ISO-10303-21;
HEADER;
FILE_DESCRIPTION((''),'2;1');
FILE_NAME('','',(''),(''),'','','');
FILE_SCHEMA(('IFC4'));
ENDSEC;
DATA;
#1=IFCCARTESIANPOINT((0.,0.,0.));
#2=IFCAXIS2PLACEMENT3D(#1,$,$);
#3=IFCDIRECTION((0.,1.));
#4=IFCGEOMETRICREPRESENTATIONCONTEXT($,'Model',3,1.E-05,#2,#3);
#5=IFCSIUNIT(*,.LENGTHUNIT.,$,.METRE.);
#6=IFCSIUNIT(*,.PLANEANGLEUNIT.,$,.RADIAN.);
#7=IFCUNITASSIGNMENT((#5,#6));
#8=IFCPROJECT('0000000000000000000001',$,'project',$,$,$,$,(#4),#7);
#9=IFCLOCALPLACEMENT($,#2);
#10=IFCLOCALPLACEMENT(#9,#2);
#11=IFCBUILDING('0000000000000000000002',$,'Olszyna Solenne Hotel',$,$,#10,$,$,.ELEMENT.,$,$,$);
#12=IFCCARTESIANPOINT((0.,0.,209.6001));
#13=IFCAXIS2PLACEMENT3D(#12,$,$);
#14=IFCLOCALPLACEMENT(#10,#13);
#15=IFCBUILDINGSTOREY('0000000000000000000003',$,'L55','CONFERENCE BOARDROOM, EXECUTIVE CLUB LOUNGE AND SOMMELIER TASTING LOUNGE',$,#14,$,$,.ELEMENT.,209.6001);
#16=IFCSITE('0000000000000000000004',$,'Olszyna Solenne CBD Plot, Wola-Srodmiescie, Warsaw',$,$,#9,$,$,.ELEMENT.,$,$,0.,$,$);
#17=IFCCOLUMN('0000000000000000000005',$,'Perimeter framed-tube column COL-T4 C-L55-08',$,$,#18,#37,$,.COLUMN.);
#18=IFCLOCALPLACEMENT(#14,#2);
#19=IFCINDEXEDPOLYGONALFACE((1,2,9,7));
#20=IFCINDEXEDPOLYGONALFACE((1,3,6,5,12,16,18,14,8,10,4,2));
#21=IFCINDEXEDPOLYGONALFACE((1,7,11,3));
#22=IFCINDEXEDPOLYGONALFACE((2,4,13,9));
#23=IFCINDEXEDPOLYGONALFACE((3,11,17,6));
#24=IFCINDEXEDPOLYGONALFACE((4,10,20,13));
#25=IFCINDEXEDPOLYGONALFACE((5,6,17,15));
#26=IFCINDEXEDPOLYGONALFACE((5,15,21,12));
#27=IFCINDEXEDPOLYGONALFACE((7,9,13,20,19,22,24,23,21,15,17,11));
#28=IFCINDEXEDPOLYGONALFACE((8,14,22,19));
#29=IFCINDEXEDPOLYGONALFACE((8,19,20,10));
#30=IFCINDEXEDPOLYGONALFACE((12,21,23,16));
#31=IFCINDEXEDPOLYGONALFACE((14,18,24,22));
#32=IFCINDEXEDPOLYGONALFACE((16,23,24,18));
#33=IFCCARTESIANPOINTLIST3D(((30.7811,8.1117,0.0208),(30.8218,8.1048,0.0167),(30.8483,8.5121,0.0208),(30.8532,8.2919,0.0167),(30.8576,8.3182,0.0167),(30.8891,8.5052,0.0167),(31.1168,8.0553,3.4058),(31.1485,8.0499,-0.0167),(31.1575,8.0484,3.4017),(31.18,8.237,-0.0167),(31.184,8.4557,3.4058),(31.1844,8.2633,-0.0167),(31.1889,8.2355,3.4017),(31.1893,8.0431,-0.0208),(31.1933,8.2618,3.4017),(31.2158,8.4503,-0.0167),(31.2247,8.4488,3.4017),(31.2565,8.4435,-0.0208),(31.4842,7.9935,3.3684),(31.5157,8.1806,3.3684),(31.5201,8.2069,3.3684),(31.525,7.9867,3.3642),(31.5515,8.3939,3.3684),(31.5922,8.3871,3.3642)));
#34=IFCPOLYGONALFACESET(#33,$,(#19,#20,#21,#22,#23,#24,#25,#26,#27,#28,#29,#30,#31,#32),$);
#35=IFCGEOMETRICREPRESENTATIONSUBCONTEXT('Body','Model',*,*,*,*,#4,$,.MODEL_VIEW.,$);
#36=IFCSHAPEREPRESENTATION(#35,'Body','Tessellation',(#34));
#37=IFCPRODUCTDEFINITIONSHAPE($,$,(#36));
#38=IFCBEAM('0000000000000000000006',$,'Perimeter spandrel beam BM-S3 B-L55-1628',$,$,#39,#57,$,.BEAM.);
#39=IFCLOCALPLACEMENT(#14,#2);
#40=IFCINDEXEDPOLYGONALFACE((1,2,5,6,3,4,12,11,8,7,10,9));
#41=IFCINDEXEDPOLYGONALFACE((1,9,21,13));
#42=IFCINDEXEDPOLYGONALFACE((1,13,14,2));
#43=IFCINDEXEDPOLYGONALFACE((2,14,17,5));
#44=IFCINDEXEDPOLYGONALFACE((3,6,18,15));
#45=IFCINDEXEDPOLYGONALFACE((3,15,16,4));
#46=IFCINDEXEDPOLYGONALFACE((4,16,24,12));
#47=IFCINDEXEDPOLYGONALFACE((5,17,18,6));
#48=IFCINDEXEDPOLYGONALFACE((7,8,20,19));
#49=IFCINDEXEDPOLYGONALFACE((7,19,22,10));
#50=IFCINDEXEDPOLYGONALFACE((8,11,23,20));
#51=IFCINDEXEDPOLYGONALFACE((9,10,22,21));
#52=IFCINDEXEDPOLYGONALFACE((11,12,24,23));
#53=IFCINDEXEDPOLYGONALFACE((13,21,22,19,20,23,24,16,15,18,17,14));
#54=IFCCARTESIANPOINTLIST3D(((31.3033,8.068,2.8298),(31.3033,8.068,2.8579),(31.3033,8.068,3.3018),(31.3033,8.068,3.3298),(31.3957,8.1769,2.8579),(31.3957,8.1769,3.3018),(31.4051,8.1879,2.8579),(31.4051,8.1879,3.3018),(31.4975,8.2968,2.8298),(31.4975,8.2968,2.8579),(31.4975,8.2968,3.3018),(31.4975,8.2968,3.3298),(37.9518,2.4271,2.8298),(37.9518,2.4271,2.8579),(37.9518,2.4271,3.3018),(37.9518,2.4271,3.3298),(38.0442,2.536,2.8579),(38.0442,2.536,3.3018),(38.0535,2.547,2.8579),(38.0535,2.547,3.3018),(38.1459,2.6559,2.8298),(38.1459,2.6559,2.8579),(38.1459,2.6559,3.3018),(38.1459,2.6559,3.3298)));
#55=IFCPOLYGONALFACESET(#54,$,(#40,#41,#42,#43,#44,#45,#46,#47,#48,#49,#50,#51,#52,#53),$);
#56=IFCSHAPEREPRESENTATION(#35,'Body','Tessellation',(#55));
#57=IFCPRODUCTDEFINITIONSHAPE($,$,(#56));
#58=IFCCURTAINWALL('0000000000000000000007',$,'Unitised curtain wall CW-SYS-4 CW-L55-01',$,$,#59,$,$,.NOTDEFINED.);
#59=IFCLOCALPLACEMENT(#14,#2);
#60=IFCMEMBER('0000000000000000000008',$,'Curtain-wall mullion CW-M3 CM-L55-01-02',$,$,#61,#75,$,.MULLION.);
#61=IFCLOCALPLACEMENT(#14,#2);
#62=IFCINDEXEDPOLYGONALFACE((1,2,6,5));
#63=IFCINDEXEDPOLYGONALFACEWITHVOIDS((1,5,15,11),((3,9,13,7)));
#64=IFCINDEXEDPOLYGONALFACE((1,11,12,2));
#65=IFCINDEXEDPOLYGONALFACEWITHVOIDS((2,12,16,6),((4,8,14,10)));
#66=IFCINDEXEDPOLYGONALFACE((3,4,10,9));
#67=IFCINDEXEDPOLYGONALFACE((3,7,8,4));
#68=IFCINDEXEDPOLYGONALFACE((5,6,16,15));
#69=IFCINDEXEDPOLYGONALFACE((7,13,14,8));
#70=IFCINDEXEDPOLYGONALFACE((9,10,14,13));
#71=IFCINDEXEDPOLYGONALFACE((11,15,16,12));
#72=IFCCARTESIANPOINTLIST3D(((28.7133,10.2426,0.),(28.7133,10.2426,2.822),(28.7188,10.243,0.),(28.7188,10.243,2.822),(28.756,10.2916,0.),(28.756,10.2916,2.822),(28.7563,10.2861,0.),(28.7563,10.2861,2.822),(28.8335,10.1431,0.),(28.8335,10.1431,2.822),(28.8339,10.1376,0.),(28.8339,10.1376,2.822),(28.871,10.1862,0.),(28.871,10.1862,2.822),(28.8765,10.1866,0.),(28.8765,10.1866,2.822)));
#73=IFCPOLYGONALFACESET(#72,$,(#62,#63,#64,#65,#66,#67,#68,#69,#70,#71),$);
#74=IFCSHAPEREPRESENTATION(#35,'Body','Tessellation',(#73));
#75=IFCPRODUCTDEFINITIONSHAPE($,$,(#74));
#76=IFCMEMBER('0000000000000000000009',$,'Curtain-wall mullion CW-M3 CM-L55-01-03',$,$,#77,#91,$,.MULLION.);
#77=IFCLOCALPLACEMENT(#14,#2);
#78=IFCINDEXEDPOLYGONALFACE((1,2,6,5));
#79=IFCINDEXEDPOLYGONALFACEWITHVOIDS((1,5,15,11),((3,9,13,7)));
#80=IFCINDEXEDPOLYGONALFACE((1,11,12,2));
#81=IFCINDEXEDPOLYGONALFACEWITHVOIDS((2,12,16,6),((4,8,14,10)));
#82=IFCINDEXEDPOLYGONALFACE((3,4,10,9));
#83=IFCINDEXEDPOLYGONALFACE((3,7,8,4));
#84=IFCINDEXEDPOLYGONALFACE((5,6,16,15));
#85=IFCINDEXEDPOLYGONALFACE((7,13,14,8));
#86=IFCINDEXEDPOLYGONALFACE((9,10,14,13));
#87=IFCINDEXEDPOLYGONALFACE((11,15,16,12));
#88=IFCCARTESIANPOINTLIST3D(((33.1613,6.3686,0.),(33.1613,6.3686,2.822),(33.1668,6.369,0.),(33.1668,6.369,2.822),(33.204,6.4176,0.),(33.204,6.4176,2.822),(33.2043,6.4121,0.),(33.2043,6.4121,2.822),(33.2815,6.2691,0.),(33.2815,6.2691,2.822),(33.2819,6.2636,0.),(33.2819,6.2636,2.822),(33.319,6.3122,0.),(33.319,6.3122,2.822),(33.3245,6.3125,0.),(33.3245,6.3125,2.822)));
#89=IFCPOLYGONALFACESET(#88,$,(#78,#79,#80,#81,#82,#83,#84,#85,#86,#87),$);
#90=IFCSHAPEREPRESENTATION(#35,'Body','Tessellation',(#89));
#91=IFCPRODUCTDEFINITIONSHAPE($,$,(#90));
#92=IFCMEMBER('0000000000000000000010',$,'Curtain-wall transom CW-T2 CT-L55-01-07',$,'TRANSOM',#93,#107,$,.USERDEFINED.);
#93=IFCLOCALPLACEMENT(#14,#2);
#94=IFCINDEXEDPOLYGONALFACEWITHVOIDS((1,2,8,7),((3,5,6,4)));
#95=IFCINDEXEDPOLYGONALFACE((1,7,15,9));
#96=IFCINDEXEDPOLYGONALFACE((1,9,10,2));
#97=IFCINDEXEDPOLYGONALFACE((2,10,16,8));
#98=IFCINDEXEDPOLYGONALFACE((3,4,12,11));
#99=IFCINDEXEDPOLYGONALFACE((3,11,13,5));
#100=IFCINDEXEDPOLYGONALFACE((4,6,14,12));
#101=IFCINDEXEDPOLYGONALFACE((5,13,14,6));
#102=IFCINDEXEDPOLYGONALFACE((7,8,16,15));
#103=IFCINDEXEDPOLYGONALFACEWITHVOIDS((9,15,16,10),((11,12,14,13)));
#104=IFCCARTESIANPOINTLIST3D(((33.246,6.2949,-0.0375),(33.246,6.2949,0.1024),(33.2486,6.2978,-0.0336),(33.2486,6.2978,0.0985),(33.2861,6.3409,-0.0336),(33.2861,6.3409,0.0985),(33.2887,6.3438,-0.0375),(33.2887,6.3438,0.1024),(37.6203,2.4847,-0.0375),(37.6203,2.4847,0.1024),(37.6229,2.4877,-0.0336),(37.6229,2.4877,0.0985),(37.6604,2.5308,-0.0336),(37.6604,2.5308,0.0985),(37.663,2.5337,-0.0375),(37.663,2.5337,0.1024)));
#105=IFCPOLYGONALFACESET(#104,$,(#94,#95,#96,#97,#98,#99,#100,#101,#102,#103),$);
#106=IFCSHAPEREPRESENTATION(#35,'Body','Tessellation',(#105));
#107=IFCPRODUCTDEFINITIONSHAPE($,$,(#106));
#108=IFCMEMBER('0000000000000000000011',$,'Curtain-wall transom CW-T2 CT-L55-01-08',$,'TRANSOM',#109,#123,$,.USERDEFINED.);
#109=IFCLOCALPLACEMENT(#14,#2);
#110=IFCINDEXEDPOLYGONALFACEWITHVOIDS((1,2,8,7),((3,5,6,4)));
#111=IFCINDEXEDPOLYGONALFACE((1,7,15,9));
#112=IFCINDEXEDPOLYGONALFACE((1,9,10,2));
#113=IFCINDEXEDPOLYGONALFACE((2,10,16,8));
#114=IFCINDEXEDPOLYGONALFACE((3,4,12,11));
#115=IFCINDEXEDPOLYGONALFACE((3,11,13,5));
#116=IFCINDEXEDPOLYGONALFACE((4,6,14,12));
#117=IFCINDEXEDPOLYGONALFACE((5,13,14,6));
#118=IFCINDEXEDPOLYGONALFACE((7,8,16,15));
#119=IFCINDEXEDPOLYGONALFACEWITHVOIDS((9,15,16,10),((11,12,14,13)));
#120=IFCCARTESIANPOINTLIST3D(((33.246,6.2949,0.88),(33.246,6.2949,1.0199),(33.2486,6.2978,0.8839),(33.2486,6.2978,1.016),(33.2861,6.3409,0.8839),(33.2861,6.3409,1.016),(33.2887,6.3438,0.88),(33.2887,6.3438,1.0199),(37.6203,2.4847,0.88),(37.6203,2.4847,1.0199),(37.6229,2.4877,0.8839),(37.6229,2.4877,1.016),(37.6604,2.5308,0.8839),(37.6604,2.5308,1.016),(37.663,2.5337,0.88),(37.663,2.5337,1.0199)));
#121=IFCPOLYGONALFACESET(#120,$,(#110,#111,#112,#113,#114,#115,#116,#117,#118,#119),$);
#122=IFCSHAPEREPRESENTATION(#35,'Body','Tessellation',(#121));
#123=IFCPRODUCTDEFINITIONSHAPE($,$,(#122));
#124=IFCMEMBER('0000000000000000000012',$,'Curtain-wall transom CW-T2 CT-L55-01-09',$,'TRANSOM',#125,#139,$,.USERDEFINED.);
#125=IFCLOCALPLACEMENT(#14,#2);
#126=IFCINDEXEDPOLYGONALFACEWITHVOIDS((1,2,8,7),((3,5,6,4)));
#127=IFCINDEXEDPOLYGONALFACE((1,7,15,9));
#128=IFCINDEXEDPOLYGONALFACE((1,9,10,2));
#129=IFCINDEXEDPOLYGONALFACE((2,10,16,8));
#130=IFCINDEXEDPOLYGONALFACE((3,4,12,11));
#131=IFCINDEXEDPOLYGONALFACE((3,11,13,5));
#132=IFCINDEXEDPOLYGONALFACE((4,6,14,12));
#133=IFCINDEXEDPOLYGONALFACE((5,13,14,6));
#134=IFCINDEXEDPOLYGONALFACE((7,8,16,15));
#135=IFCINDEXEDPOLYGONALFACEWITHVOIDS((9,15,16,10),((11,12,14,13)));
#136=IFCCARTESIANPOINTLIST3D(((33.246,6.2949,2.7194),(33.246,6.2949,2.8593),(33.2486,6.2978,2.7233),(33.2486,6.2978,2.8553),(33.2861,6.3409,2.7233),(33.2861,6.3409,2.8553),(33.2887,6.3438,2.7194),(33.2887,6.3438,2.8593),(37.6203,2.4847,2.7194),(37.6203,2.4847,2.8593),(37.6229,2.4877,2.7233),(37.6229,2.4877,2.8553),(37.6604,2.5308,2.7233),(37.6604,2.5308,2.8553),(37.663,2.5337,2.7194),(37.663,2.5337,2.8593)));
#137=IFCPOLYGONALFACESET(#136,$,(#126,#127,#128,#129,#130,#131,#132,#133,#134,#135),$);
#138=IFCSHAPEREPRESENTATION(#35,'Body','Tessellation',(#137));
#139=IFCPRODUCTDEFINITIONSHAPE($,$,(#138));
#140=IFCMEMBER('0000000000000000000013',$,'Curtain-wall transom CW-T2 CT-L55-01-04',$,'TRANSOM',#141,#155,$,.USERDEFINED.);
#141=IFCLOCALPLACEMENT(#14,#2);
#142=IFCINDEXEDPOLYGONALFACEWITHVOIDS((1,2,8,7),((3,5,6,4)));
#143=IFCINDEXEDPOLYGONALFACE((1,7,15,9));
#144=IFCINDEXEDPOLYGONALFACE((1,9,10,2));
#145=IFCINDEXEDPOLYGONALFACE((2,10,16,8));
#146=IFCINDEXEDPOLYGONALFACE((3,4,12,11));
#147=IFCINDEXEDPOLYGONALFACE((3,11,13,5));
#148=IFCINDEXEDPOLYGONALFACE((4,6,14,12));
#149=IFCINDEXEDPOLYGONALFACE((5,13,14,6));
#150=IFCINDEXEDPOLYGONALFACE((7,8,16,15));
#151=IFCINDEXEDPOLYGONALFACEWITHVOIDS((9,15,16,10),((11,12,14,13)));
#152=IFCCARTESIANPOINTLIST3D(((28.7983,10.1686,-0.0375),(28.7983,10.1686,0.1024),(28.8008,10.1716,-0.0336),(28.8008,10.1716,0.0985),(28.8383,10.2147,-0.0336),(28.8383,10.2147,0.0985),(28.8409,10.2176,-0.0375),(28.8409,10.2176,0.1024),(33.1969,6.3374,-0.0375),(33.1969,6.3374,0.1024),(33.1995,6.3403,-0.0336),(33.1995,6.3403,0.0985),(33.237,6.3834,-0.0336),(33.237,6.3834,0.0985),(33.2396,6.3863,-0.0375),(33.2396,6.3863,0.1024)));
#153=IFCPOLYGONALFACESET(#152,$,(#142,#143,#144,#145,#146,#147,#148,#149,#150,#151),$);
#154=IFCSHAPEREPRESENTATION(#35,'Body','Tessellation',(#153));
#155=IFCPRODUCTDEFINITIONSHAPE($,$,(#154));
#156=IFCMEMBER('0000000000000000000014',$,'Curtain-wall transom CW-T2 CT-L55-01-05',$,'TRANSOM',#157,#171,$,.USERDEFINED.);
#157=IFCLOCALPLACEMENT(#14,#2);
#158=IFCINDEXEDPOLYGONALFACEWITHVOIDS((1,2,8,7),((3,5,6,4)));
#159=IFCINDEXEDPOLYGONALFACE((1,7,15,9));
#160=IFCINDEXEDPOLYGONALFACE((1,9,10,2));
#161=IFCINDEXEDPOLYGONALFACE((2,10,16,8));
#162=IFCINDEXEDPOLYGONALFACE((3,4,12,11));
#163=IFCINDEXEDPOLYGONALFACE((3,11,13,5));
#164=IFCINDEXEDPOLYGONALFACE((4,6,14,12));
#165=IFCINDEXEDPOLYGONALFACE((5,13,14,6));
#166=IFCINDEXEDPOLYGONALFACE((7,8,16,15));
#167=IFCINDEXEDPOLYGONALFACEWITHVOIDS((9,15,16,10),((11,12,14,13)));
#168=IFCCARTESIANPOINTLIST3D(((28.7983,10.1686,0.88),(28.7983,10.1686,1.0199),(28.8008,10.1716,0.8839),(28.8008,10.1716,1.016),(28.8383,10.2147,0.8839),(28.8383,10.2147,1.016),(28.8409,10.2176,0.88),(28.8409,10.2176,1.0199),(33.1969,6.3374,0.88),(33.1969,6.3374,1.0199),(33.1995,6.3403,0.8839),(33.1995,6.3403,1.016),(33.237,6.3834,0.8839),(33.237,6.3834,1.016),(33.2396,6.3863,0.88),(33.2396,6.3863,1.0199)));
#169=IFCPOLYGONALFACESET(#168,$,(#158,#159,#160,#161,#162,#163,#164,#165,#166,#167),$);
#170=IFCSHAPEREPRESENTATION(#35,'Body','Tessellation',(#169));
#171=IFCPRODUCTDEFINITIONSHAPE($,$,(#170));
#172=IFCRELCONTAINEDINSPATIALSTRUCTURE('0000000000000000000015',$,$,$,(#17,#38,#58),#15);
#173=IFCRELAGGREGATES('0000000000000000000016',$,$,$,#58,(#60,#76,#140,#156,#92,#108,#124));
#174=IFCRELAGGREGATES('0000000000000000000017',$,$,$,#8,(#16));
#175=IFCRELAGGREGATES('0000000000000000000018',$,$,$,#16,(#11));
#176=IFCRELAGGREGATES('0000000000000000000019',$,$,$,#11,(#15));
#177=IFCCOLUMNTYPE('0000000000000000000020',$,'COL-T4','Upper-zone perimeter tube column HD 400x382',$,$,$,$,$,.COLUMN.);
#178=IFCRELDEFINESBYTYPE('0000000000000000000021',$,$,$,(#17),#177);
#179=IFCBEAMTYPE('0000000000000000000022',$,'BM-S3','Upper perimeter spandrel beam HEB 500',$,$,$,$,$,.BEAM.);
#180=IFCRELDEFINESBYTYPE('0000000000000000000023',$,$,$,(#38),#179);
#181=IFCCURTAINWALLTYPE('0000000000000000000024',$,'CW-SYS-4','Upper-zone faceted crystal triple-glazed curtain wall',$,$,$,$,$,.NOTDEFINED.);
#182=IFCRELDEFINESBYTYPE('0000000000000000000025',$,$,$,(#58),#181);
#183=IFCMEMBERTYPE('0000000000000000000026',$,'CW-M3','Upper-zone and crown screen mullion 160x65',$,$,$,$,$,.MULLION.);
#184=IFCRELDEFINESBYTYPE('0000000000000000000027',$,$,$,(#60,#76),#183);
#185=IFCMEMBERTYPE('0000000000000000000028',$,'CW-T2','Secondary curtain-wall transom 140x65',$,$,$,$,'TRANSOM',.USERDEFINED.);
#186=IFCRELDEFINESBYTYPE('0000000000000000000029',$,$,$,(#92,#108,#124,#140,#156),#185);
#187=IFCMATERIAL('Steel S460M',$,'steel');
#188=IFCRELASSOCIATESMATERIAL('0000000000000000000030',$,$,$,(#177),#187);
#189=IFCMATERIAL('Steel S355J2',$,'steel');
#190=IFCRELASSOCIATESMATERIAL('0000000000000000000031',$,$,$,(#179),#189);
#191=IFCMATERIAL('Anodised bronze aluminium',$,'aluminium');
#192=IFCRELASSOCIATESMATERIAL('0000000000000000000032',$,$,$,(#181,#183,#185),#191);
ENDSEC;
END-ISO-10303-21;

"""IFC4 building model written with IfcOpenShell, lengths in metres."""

from ifc_helpers import new_model, si_unit, direction, frame, origin, origin_2d, place, context, subcontext, project, spatial, hollow_rectangle, i_section, extrude, source, transform, mapped, material, material_profile, profile_set, type_object, element, aggregate, save


model = new_model("IFC4")

# Units and contexts
model_context = context("Model", 3, precision=1e-05, world=origin(), true_north=direction((0.0, 1.0)))
body_context = subcontext(model_context, "Body", "Model", "MODEL_VIEW")
ifc_project = project(units=[si_unit("LENGTHUNIT", "METRE"), si_unit("PLANEANGLEUNIT", "RADIAN")], contexts=[model_context])

# Site, building, storey
site_placement = place(None, origin())
site = spatial("IfcSite", under=ifc_project, at=site_placement, Name="Olszyna Solenne CBD Plot, Wola-Srodmiescie, Warsaw", CompositionType="ELEMENT", RefElevation=0.0)
building_placement = place(site_placement, origin())
building = spatial("IfcBuilding", under=site, at=building_placement, Name="Olszyna Solenne Hotel", CompositionType="ELEMENT")
storey_placement = place(building_placement, frame((0.0, 0.0, 209.6001)))
storey = spatial("IfcBuildingStorey", under=building, at=storey_placement, Name="L55", Description="CONFERENCE BOARDROOM, EXECUTIVE CLUB LOUNGE AND SOMMELIER TASTING LOUNGE", CompositionType="ELEMENT", Elevation=209.6001)

# Column
ifc_material_1 = material(Name="Steel S460M", Category="steel")
ifc_material_profile_1 = material_profile(ifc_material_1, i_section(OverallWidth=0.406, OverallDepth=0.416, WebThickness=0.0266, FlangeThickness=0.0415, at=origin_2d()), Name="HD 400x382", Category="load-bearing")
ifc_profile_set_1 = profile_set([ifc_material_profile_1], Name="Steel S460M")
column_type = type_object("IfcColumnType", Name="COL-T4", Description="Upper-zone perimeter tube column HD 400x382", PredefinedType="COLUMN", material=ifc_profile_set_1)
shared_shape_1 = source(origin(), body_context, "Body", "SweptSolid", [
    extrude(i_section(OverallWidth=0.406, OverallDepth=0.416, WebThickness=0.0266, FlangeThickness=0.0415, at=origin_2d()), origin(), (0.0, 0.0, 1.0), 3.4021),
])
column_placement = place(storey_placement, frame((31.0188, 8.2776, 0.0), z_axis=(0.098673, -0.016577, 0.994982), x_axis=(0.165678, 0.98618, 0.0)))
element("IfcColumn", 1, at=column_placement, inside=storey, type_object=column_type, Name="Perimeter framed-tube column COL-T4 C-L55-08", PredefinedType="COLUMN", context=body_context, shape_type="MappedRepresentation", body=[
    mapped(shared_shape_1, transform((0.0, 0.0, 0.0), x_axis=(1.0, 0.0, 0.0), y_axis=(0.0, 1.0, 0.0), z_axis=(0.0, 0.0, 1.0), scale=1.0)),
])

# Beam
ifc_material_2 = material(Name="Steel S355J2", Category="steel")
ifc_material_profile_2 = material_profile(ifc_material_2, i_section(OverallWidth=0.3, OverallDepth=0.5, WebThickness=0.0144, FlangeThickness=0.0281, at=origin_2d()), Name="HEB 500", Category="load-bearing")
ifc_profile_set_2 = profile_set([ifc_material_profile_2], Name="Steel S355J2")
beam_type_1 = type_object("IfcBeamType", Name="BM-S3", Description="Upper perimeter spandrel beam HEB 500", PredefinedType="BEAM", material=ifc_profile_set_2)
shared_shape_2 = source(origin(), body_context, "Body", "SweptSolid", [
    extrude(i_section(OverallWidth=0.3, OverallDepth=0.5, WebThickness=0.0144, FlangeThickness=0.0281, at=origin_2d()), origin(), (0.0, 0.0, 1.0), 8.719),
])
beam_1_placement = place(storey_placement, frame((31.4004, 8.1824, 3.0798), z_axis=(0.762522, -0.646962, 0.0), x_axis=(0.646962, 0.762522, 0.0)))
element("IfcBeam", 2, at=beam_1_placement, inside=storey, type_object=beam_type_1, Name="Perimeter spandrel beam BM-S3 B-L55-1628", PredefinedType="BEAM", context=body_context, shape_type="MappedRepresentation", body=[
    mapped(shared_shape_2, transform((0.0, 0.0, 0.0), x_axis=(1.0, 0.0, 0.0), y_axis=(0.0, 1.0, 0.0), z_axis=(0.0, 0.0, 1.0), scale=1.0)),
])

# Curtain wall, members
ifc_material_3 = material(Name="Anodised bronze aluminium", Category="aluminium")
curtain_wall_type = type_object("IfcCurtainWallType", Name="CW-SYS-4", Description="Upper-zone faceted crystal triple-glazed curtain wall", PredefinedType="NOTDEFINED", material=ifc_material_3)
curtain_wall_placement = place(storey_placement, origin())
curtain_wall = element("IfcCurtainWall", 3, at=curtain_wall_placement, inside=storey, type_object=curtain_wall_type, Name="Unitised curtain wall CW-SYS-4 CW-L55-01", PredefinedType="NOTDEFINED")
ifc_material_profile_3 = material_profile(ifc_material_3, hollow_rectangle(XDim=0.0649, YDim=0.1599, WallThickness=0.0039, at=origin_2d()), Name="MULL 160x65x4", Category="load-bearing")
ifc_profile_set_3 = profile_set([ifc_material_profile_3], Name="Anodised bronze aluminium")
member_type_1 = type_object("IfcMemberType", Name="CW-M3", Description="Upper-zone and crown screen mullion 160x65", PredefinedType="MULLION", material=ifc_profile_set_3)
shared_shape_3 = source(origin(), body_context, "Body", "SweptSolid", [
    extrude(hollow_rectangle(XDim=0.0649, YDim=0.1599, WallThickness=0.0039, at=origin_2d()), origin(), (0.0, 0.0, 1.0), 2.822),
])
member_1_placement = place(storey_placement, frame((28.7949, 10.2146, 0.0), z_axis=(0.0, 0.0, 1.0), x_axis=(0.656788, 0.754075, 0.0)))
member_1 = element("IfcMember", 4, at=member_1_placement, type_object=member_type_1, Name="Curtain-wall mullion CW-M3 CM-L55-01-02", PredefinedType="MULLION", context=body_context, shape_type="MappedRepresentation", body=[
    mapped(shared_shape_3, transform((0.0, 0.0, 0.0), x_axis=(1.0, 0.0, 0.0), y_axis=(0.0, 1.0, 0.0), z_axis=(0.0, 0.0, 1.0), scale=1.0)),
])
member_2_placement = place(storey_placement, frame((33.2429, 6.3406, 0.0), z_axis=(0.0, 0.0, 1.0), x_axis=(0.656788, 0.754075, 0.0)))
member_2 = element("IfcMember", 5, at=member_2_placement, type_object=member_type_1, Name="Curtain-wall mullion CW-M3 CM-L55-01-03", PredefinedType="MULLION", context=body_context, shape_type="MappedRepresentation", body=[
    mapped(shared_shape_3, transform((0.0, 0.0, 0.0), x_axis=(1.0, 0.0, 0.0), y_axis=(0.0, 1.0, 0.0), z_axis=(0.0, 0.0, 1.0), scale=1.0)),
])
ifc_material_profile_4 = material_profile(ifc_material_3, hollow_rectangle(XDim=0.0649, YDim=0.1399, WallThickness=0.0039, at=origin_2d()), Name="TRAN 140x65x4", Category="load-bearing")
ifc_profile_set_4 = profile_set([ifc_material_profile_4], Name="Anodised bronze aluminium")
member_type_2 = type_object("IfcMemberType", Name="CW-T2", Description="Secondary curtain-wall transom 140x65", ElementType="TRANSOM", PredefinedType="USERDEFINED", material=ifc_profile_set_4)
shared_shape_4 = source(origin(), body_context, "Body", "SweptSolid", [
    extrude(hollow_rectangle(XDim=0.0649, YDim=0.1399, WallThickness=0.0039, at=origin_2d()), origin(), (0.0, 0.0, 1.0), 5.801),
])
member_3_placement = place(storey_placement, frame((33.2673, 6.3193, 0.0325), z_axis=(0.754063, -0.656802, 0.0), x_axis=(0.656802, 0.754063, 0.0)))
member_3 = element("IfcMember", 6, at=member_3_placement, type_object=member_type_2, Name="Curtain-wall transom CW-T2 CT-L55-01-07", ObjectType="TRANSOM", PredefinedType="USERDEFINED", context=body_context, shape_type="MappedRepresentation", body=[
    mapped(shared_shape_4, transform((0.0, 0.0, 0.0), x_axis=(1.0, 0.0, 0.0), y_axis=(0.0, 1.0, 0.0), z_axis=(0.0, 0.0, 1.0), scale=1.0)),
])
member_4_placement = place(storey_placement, frame((33.2673, 6.3193, 0.95), z_axis=(0.754063, -0.656802, 0.0), x_axis=(0.656802, 0.754063, 0.0)))
member_4 = element("IfcMember", 7, at=member_4_placement, type_object=member_type_2, Name="Curtain-wall transom CW-T2 CT-L55-01-08", ObjectType="TRANSOM", PredefinedType="USERDEFINED", context=body_context, shape_type="MappedRepresentation", body=[
    mapped(shared_shape_4, transform((0.0, 0.0, 0.0), x_axis=(1.0, 0.0, 0.0), y_axis=(0.0, 1.0, 0.0), z_axis=(0.0, 0.0, 1.0), scale=1.0)),
])
member_5_placement = place(storey_placement, frame((33.2673, 6.3193, 2.7893), z_axis=(0.754063, -0.656802, 0.0), x_axis=(0.656802, 0.754063, 0.0)))
member_5 = element("IfcMember", 8, at=member_5_placement, type_object=member_type_2, Name="Curtain-wall transom CW-T2 CT-L55-01-09", ObjectType="TRANSOM", PredefinedType="USERDEFINED", context=body_context, shape_type="MappedRepresentation", body=[
    mapped(shared_shape_4, transform((0.0, 0.0, 0.0), x_axis=(1.0, 0.0, 0.0), y_axis=(0.0, 1.0, 0.0), z_axis=(0.0, 0.0, 1.0), scale=1.0)),
])
shared_shape_5 = source(origin(), body_context, "Body", "SweptSolid", [
    extrude(hollow_rectangle(XDim=0.0649, YDim=0.1399, WallThickness=0.0039, at=origin_2d()), origin(), (0.0, 0.0, 1.0), 5.8333),
])
member_6_placement = place(storey_placement, frame((28.8196, 10.1931, 0.0325), z_axis=(0.754066, -0.656799, 0.0), x_axis=(0.656799, 0.754066, 0.0)))
member_6 = element("IfcMember", 9, at=member_6_placement, type_object=member_type_2, Name="Curtain-wall transom CW-T2 CT-L55-01-04", ObjectType="TRANSOM", PredefinedType="USERDEFINED", context=body_context, shape_type="MappedRepresentation", body=[
    mapped(shared_shape_5, transform((0.0, 0.0, 0.0), x_axis=(1.0, 0.0, 0.0), y_axis=(0.0, 1.0, 0.0), z_axis=(0.0, 0.0, 1.0), scale=1.0)),
])
member_7_placement = place(storey_placement, frame((28.8196, 10.1931, 0.95), z_axis=(0.754066, -0.656799, 0.0), x_axis=(0.656799, 0.754066, 0.0)))
member_7 = element("IfcMember", 10, at=member_7_placement, type_object=member_type_2, Name="Curtain-wall transom CW-T2 CT-L55-01-05", ObjectType="TRANSOM", PredefinedType="USERDEFINED", context=body_context, shape_type="MappedRepresentation", body=[
    mapped(shared_shape_5, transform((0.0, 0.0, 0.0), x_axis=(1.0, 0.0, 0.0), y_axis=(0.0, 1.0, 0.0), z_axis=(0.0, 0.0, 1.0), scale=1.0)),
])

aggregate(curtain_wall, [member_1, member_2, member_6, member_7, member_3, member_4, member_5])

save(model, "model.ifc")
